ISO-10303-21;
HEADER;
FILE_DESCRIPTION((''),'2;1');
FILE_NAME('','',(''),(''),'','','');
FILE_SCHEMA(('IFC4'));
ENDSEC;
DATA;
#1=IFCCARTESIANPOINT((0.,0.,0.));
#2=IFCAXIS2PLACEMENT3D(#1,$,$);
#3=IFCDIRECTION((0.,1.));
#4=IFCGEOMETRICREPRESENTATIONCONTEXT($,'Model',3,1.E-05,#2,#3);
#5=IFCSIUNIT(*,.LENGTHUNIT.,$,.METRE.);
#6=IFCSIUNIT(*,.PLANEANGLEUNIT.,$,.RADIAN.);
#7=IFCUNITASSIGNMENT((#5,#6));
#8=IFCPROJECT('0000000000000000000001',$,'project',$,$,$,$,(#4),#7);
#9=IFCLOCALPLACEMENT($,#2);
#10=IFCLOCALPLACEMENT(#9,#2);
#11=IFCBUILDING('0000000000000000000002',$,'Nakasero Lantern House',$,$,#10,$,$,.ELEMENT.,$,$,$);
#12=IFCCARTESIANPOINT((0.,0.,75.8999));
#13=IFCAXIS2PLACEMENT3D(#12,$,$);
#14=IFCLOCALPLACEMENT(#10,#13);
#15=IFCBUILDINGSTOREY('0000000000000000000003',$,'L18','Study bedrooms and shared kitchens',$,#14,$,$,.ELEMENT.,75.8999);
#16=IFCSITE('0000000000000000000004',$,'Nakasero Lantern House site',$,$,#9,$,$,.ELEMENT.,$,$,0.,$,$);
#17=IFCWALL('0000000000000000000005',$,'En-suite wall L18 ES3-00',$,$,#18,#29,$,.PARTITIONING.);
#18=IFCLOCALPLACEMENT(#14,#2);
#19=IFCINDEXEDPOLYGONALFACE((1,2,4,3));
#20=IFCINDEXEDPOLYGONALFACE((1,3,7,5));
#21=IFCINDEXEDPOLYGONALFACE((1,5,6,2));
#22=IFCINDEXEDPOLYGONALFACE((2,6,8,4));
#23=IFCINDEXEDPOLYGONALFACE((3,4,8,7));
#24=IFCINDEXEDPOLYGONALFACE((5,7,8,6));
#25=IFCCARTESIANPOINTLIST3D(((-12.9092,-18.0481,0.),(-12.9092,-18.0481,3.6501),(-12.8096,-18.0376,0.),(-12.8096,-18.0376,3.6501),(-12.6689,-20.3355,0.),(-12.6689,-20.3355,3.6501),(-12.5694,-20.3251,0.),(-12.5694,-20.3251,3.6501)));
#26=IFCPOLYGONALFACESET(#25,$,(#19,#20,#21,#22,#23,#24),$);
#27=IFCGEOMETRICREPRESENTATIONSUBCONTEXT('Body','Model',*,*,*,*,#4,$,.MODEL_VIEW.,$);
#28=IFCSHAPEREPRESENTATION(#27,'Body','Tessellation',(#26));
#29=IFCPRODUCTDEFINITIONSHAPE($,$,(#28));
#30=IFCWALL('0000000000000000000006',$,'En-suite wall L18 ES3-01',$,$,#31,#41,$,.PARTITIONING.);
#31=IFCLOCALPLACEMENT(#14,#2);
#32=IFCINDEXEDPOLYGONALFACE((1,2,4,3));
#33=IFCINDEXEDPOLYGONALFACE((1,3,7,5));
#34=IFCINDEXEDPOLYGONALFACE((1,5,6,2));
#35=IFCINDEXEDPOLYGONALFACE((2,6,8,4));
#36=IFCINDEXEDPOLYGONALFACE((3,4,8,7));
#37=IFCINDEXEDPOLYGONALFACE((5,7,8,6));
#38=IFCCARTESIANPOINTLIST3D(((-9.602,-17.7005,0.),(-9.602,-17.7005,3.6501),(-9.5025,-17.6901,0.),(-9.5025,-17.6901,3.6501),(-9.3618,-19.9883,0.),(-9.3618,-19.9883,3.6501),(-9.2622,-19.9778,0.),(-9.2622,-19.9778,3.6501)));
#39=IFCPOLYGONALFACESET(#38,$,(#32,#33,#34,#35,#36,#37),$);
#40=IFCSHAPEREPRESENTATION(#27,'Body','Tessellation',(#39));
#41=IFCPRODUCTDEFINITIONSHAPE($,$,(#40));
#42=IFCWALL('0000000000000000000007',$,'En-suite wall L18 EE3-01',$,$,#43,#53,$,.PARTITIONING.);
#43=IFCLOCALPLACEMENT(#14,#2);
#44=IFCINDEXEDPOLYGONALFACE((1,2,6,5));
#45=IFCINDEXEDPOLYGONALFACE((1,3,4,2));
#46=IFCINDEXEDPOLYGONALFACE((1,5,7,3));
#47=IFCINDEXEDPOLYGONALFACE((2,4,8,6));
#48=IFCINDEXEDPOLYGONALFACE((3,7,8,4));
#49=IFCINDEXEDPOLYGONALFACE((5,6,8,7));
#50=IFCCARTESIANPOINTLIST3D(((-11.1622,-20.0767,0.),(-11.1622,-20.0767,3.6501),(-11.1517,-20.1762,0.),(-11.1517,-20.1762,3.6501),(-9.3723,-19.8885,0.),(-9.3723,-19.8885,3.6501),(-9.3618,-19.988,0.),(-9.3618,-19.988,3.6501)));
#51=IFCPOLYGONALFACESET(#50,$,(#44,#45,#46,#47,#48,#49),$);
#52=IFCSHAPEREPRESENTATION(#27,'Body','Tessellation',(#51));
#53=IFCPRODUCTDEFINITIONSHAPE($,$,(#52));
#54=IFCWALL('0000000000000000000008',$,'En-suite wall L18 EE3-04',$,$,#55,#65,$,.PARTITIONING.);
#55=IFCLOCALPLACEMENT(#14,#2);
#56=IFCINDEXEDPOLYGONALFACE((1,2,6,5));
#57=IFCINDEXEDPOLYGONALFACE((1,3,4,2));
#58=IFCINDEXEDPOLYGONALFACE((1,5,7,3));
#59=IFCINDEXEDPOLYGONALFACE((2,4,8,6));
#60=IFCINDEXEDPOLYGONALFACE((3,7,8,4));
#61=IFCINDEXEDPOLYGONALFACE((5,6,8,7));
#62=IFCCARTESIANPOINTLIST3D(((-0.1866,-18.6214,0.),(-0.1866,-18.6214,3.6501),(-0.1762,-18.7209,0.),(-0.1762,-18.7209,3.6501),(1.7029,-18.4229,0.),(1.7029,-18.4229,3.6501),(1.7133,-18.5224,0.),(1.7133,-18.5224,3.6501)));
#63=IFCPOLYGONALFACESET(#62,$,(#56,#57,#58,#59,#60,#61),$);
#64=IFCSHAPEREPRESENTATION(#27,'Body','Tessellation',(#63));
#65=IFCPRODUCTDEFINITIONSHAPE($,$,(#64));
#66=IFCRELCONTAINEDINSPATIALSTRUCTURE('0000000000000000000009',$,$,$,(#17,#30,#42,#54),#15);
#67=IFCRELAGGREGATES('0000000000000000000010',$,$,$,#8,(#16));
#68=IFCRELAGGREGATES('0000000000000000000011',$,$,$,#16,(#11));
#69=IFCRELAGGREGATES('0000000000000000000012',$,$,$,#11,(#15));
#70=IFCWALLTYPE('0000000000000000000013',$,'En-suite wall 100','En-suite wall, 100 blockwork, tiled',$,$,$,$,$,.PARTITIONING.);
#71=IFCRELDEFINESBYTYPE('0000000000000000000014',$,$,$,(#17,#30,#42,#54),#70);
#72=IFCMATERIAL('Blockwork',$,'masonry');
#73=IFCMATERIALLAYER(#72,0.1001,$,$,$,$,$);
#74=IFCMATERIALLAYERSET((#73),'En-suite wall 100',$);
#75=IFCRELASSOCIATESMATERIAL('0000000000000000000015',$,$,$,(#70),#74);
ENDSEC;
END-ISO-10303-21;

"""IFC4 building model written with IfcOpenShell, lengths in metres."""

from ifc_helpers import new_model, si_unit, direction, frame, frame_2d, origin, place, context, subcontext, project, spatial, rectangle, extrude, material, layer, layer_set, type_object, element, save


model = new_model("IFC4")

# Units and contexts
model_context = context("Model", 3, precision=1e-05, world=origin(), true_north=direction((0.0, 1.0)))
body_context = subcontext(model_context, "Body", "Model", "MODEL_VIEW")
ifc_project = project(units=[si_unit("LENGTHUNIT", "METRE"), si_unit("PLANEANGLEUNIT", "RADIAN")], contexts=[model_context])

# Site, building, storey
site_placement = place(None, origin())
site = spatial("IfcSite", under=ifc_project, at=site_placement, Name="Nakasero Lantern House site", CompositionType="ELEMENT", RefElevation=0.0)
building_placement = place(site_placement, origin())
building = spatial("IfcBuilding", under=site, at=building_placement, Name="Nakasero Lantern House", CompositionType="ELEMENT")
storey_placement = place(building_placement, frame((0.0, 0.0, 75.8999)))
storey = spatial("IfcBuildingStorey", under=building, at=storey_placement, Name="L18", Description="Study bedrooms and shared kitchens", CompositionType="ELEMENT", Elevation=75.8999)

# Walls
ifc_material_1 = material(Name="Blockwork", Category="masonry")
ifc_layer_1 = layer(ifc_material_1, 0.1001)
ifc_layer_set_1 = layer_set([ifc_layer_1], Name="En-suite wall 100")
wall_type_1 = type_object("IfcWallType", Name="En-suite wall 100", Description="En-suite wall, 100 blockwork, tiled", PredefinedType="PARTITIONING", material=ifc_layer_set_1)
wall_1_placement = place(storey_placement, frame((-12.8594, -18.043, 0.0), z_axis=(0.0, 0.0, 1.0), x_axis=(0.104453, -0.99453, 0.0)))
element("IfcWall", 1, at=wall_1_placement, inside=storey, type_object=wall_type_1, Name="En-suite wall L18 ES3-00", PredefinedType="PARTITIONING", context=body_context, shape_type="SweptSolid", body=[
    extrude(rectangle(XDim=2.3, YDim=0.1001, at=frame_2d((1.1499, 0.0))), origin(), (0.0, 0.0, 1.0), 3.6501),
])
wall_2_placement = place(storey_placement, frame((-9.5522, -17.6953, 0.0), z_axis=(0.0, 0.0, 1.0), x_axis=(0.104442, -0.994531, 0.0)))
element("IfcWall", 2, at=wall_2_placement, inside=storey, type_object=wall_type_1, Name="En-suite wall L18 ES3-01", PredefinedType="PARTITIONING", context=body_context, shape_type="SweptSolid", body=[
    extrude(rectangle(XDim=2.3003, YDim=0.1001, at=frame_2d((1.1501, 0.0))), origin(), (0.0, 0.0, 1.0), 3.6501),
])
wall_3_placement = place(storey_placement, frame((-11.157, -20.1265, 0.0), z_axis=(0.0, 0.0, 1.0), x_axis=(0.994517, 0.104579, 0.0)))
element("IfcWall", 3, at=wall_3_placement, inside=storey, type_object=wall_type_1, Name="En-suite wall L18 EE3-01", PredefinedType="PARTITIONING", context=body_context, shape_type="SweptSolid", body=[
    extrude(rectangle(XDim=1.7998, YDim=0.1001, at=frame_2d((0.8999, 0.0))), origin(), (0.0, 0.0, 1.0), 3.6501),
])
wall_4_placement = place(storey_placement, frame((-0.1814, -18.6711, 0.0), z_axis=(0.0, 0.0, 1.0), x_axis=(0.994527, 0.104477, 0.0)))
element("IfcWall", 4, at=wall_4_placement, inside=storey, type_object=wall_type_1, Name="En-suite wall L18 EE3-04", PredefinedType="PARTITIONING", context=body_context, shape_type="SweptSolid", body=[
    extrude(rectangle(XDim=1.8999, YDim=0.1001, at=frame_2d((0.95, 0.0))), origin(), (0.0, 0.0, 1.0), 3.6501),
])

save(model, "model.ifc")
